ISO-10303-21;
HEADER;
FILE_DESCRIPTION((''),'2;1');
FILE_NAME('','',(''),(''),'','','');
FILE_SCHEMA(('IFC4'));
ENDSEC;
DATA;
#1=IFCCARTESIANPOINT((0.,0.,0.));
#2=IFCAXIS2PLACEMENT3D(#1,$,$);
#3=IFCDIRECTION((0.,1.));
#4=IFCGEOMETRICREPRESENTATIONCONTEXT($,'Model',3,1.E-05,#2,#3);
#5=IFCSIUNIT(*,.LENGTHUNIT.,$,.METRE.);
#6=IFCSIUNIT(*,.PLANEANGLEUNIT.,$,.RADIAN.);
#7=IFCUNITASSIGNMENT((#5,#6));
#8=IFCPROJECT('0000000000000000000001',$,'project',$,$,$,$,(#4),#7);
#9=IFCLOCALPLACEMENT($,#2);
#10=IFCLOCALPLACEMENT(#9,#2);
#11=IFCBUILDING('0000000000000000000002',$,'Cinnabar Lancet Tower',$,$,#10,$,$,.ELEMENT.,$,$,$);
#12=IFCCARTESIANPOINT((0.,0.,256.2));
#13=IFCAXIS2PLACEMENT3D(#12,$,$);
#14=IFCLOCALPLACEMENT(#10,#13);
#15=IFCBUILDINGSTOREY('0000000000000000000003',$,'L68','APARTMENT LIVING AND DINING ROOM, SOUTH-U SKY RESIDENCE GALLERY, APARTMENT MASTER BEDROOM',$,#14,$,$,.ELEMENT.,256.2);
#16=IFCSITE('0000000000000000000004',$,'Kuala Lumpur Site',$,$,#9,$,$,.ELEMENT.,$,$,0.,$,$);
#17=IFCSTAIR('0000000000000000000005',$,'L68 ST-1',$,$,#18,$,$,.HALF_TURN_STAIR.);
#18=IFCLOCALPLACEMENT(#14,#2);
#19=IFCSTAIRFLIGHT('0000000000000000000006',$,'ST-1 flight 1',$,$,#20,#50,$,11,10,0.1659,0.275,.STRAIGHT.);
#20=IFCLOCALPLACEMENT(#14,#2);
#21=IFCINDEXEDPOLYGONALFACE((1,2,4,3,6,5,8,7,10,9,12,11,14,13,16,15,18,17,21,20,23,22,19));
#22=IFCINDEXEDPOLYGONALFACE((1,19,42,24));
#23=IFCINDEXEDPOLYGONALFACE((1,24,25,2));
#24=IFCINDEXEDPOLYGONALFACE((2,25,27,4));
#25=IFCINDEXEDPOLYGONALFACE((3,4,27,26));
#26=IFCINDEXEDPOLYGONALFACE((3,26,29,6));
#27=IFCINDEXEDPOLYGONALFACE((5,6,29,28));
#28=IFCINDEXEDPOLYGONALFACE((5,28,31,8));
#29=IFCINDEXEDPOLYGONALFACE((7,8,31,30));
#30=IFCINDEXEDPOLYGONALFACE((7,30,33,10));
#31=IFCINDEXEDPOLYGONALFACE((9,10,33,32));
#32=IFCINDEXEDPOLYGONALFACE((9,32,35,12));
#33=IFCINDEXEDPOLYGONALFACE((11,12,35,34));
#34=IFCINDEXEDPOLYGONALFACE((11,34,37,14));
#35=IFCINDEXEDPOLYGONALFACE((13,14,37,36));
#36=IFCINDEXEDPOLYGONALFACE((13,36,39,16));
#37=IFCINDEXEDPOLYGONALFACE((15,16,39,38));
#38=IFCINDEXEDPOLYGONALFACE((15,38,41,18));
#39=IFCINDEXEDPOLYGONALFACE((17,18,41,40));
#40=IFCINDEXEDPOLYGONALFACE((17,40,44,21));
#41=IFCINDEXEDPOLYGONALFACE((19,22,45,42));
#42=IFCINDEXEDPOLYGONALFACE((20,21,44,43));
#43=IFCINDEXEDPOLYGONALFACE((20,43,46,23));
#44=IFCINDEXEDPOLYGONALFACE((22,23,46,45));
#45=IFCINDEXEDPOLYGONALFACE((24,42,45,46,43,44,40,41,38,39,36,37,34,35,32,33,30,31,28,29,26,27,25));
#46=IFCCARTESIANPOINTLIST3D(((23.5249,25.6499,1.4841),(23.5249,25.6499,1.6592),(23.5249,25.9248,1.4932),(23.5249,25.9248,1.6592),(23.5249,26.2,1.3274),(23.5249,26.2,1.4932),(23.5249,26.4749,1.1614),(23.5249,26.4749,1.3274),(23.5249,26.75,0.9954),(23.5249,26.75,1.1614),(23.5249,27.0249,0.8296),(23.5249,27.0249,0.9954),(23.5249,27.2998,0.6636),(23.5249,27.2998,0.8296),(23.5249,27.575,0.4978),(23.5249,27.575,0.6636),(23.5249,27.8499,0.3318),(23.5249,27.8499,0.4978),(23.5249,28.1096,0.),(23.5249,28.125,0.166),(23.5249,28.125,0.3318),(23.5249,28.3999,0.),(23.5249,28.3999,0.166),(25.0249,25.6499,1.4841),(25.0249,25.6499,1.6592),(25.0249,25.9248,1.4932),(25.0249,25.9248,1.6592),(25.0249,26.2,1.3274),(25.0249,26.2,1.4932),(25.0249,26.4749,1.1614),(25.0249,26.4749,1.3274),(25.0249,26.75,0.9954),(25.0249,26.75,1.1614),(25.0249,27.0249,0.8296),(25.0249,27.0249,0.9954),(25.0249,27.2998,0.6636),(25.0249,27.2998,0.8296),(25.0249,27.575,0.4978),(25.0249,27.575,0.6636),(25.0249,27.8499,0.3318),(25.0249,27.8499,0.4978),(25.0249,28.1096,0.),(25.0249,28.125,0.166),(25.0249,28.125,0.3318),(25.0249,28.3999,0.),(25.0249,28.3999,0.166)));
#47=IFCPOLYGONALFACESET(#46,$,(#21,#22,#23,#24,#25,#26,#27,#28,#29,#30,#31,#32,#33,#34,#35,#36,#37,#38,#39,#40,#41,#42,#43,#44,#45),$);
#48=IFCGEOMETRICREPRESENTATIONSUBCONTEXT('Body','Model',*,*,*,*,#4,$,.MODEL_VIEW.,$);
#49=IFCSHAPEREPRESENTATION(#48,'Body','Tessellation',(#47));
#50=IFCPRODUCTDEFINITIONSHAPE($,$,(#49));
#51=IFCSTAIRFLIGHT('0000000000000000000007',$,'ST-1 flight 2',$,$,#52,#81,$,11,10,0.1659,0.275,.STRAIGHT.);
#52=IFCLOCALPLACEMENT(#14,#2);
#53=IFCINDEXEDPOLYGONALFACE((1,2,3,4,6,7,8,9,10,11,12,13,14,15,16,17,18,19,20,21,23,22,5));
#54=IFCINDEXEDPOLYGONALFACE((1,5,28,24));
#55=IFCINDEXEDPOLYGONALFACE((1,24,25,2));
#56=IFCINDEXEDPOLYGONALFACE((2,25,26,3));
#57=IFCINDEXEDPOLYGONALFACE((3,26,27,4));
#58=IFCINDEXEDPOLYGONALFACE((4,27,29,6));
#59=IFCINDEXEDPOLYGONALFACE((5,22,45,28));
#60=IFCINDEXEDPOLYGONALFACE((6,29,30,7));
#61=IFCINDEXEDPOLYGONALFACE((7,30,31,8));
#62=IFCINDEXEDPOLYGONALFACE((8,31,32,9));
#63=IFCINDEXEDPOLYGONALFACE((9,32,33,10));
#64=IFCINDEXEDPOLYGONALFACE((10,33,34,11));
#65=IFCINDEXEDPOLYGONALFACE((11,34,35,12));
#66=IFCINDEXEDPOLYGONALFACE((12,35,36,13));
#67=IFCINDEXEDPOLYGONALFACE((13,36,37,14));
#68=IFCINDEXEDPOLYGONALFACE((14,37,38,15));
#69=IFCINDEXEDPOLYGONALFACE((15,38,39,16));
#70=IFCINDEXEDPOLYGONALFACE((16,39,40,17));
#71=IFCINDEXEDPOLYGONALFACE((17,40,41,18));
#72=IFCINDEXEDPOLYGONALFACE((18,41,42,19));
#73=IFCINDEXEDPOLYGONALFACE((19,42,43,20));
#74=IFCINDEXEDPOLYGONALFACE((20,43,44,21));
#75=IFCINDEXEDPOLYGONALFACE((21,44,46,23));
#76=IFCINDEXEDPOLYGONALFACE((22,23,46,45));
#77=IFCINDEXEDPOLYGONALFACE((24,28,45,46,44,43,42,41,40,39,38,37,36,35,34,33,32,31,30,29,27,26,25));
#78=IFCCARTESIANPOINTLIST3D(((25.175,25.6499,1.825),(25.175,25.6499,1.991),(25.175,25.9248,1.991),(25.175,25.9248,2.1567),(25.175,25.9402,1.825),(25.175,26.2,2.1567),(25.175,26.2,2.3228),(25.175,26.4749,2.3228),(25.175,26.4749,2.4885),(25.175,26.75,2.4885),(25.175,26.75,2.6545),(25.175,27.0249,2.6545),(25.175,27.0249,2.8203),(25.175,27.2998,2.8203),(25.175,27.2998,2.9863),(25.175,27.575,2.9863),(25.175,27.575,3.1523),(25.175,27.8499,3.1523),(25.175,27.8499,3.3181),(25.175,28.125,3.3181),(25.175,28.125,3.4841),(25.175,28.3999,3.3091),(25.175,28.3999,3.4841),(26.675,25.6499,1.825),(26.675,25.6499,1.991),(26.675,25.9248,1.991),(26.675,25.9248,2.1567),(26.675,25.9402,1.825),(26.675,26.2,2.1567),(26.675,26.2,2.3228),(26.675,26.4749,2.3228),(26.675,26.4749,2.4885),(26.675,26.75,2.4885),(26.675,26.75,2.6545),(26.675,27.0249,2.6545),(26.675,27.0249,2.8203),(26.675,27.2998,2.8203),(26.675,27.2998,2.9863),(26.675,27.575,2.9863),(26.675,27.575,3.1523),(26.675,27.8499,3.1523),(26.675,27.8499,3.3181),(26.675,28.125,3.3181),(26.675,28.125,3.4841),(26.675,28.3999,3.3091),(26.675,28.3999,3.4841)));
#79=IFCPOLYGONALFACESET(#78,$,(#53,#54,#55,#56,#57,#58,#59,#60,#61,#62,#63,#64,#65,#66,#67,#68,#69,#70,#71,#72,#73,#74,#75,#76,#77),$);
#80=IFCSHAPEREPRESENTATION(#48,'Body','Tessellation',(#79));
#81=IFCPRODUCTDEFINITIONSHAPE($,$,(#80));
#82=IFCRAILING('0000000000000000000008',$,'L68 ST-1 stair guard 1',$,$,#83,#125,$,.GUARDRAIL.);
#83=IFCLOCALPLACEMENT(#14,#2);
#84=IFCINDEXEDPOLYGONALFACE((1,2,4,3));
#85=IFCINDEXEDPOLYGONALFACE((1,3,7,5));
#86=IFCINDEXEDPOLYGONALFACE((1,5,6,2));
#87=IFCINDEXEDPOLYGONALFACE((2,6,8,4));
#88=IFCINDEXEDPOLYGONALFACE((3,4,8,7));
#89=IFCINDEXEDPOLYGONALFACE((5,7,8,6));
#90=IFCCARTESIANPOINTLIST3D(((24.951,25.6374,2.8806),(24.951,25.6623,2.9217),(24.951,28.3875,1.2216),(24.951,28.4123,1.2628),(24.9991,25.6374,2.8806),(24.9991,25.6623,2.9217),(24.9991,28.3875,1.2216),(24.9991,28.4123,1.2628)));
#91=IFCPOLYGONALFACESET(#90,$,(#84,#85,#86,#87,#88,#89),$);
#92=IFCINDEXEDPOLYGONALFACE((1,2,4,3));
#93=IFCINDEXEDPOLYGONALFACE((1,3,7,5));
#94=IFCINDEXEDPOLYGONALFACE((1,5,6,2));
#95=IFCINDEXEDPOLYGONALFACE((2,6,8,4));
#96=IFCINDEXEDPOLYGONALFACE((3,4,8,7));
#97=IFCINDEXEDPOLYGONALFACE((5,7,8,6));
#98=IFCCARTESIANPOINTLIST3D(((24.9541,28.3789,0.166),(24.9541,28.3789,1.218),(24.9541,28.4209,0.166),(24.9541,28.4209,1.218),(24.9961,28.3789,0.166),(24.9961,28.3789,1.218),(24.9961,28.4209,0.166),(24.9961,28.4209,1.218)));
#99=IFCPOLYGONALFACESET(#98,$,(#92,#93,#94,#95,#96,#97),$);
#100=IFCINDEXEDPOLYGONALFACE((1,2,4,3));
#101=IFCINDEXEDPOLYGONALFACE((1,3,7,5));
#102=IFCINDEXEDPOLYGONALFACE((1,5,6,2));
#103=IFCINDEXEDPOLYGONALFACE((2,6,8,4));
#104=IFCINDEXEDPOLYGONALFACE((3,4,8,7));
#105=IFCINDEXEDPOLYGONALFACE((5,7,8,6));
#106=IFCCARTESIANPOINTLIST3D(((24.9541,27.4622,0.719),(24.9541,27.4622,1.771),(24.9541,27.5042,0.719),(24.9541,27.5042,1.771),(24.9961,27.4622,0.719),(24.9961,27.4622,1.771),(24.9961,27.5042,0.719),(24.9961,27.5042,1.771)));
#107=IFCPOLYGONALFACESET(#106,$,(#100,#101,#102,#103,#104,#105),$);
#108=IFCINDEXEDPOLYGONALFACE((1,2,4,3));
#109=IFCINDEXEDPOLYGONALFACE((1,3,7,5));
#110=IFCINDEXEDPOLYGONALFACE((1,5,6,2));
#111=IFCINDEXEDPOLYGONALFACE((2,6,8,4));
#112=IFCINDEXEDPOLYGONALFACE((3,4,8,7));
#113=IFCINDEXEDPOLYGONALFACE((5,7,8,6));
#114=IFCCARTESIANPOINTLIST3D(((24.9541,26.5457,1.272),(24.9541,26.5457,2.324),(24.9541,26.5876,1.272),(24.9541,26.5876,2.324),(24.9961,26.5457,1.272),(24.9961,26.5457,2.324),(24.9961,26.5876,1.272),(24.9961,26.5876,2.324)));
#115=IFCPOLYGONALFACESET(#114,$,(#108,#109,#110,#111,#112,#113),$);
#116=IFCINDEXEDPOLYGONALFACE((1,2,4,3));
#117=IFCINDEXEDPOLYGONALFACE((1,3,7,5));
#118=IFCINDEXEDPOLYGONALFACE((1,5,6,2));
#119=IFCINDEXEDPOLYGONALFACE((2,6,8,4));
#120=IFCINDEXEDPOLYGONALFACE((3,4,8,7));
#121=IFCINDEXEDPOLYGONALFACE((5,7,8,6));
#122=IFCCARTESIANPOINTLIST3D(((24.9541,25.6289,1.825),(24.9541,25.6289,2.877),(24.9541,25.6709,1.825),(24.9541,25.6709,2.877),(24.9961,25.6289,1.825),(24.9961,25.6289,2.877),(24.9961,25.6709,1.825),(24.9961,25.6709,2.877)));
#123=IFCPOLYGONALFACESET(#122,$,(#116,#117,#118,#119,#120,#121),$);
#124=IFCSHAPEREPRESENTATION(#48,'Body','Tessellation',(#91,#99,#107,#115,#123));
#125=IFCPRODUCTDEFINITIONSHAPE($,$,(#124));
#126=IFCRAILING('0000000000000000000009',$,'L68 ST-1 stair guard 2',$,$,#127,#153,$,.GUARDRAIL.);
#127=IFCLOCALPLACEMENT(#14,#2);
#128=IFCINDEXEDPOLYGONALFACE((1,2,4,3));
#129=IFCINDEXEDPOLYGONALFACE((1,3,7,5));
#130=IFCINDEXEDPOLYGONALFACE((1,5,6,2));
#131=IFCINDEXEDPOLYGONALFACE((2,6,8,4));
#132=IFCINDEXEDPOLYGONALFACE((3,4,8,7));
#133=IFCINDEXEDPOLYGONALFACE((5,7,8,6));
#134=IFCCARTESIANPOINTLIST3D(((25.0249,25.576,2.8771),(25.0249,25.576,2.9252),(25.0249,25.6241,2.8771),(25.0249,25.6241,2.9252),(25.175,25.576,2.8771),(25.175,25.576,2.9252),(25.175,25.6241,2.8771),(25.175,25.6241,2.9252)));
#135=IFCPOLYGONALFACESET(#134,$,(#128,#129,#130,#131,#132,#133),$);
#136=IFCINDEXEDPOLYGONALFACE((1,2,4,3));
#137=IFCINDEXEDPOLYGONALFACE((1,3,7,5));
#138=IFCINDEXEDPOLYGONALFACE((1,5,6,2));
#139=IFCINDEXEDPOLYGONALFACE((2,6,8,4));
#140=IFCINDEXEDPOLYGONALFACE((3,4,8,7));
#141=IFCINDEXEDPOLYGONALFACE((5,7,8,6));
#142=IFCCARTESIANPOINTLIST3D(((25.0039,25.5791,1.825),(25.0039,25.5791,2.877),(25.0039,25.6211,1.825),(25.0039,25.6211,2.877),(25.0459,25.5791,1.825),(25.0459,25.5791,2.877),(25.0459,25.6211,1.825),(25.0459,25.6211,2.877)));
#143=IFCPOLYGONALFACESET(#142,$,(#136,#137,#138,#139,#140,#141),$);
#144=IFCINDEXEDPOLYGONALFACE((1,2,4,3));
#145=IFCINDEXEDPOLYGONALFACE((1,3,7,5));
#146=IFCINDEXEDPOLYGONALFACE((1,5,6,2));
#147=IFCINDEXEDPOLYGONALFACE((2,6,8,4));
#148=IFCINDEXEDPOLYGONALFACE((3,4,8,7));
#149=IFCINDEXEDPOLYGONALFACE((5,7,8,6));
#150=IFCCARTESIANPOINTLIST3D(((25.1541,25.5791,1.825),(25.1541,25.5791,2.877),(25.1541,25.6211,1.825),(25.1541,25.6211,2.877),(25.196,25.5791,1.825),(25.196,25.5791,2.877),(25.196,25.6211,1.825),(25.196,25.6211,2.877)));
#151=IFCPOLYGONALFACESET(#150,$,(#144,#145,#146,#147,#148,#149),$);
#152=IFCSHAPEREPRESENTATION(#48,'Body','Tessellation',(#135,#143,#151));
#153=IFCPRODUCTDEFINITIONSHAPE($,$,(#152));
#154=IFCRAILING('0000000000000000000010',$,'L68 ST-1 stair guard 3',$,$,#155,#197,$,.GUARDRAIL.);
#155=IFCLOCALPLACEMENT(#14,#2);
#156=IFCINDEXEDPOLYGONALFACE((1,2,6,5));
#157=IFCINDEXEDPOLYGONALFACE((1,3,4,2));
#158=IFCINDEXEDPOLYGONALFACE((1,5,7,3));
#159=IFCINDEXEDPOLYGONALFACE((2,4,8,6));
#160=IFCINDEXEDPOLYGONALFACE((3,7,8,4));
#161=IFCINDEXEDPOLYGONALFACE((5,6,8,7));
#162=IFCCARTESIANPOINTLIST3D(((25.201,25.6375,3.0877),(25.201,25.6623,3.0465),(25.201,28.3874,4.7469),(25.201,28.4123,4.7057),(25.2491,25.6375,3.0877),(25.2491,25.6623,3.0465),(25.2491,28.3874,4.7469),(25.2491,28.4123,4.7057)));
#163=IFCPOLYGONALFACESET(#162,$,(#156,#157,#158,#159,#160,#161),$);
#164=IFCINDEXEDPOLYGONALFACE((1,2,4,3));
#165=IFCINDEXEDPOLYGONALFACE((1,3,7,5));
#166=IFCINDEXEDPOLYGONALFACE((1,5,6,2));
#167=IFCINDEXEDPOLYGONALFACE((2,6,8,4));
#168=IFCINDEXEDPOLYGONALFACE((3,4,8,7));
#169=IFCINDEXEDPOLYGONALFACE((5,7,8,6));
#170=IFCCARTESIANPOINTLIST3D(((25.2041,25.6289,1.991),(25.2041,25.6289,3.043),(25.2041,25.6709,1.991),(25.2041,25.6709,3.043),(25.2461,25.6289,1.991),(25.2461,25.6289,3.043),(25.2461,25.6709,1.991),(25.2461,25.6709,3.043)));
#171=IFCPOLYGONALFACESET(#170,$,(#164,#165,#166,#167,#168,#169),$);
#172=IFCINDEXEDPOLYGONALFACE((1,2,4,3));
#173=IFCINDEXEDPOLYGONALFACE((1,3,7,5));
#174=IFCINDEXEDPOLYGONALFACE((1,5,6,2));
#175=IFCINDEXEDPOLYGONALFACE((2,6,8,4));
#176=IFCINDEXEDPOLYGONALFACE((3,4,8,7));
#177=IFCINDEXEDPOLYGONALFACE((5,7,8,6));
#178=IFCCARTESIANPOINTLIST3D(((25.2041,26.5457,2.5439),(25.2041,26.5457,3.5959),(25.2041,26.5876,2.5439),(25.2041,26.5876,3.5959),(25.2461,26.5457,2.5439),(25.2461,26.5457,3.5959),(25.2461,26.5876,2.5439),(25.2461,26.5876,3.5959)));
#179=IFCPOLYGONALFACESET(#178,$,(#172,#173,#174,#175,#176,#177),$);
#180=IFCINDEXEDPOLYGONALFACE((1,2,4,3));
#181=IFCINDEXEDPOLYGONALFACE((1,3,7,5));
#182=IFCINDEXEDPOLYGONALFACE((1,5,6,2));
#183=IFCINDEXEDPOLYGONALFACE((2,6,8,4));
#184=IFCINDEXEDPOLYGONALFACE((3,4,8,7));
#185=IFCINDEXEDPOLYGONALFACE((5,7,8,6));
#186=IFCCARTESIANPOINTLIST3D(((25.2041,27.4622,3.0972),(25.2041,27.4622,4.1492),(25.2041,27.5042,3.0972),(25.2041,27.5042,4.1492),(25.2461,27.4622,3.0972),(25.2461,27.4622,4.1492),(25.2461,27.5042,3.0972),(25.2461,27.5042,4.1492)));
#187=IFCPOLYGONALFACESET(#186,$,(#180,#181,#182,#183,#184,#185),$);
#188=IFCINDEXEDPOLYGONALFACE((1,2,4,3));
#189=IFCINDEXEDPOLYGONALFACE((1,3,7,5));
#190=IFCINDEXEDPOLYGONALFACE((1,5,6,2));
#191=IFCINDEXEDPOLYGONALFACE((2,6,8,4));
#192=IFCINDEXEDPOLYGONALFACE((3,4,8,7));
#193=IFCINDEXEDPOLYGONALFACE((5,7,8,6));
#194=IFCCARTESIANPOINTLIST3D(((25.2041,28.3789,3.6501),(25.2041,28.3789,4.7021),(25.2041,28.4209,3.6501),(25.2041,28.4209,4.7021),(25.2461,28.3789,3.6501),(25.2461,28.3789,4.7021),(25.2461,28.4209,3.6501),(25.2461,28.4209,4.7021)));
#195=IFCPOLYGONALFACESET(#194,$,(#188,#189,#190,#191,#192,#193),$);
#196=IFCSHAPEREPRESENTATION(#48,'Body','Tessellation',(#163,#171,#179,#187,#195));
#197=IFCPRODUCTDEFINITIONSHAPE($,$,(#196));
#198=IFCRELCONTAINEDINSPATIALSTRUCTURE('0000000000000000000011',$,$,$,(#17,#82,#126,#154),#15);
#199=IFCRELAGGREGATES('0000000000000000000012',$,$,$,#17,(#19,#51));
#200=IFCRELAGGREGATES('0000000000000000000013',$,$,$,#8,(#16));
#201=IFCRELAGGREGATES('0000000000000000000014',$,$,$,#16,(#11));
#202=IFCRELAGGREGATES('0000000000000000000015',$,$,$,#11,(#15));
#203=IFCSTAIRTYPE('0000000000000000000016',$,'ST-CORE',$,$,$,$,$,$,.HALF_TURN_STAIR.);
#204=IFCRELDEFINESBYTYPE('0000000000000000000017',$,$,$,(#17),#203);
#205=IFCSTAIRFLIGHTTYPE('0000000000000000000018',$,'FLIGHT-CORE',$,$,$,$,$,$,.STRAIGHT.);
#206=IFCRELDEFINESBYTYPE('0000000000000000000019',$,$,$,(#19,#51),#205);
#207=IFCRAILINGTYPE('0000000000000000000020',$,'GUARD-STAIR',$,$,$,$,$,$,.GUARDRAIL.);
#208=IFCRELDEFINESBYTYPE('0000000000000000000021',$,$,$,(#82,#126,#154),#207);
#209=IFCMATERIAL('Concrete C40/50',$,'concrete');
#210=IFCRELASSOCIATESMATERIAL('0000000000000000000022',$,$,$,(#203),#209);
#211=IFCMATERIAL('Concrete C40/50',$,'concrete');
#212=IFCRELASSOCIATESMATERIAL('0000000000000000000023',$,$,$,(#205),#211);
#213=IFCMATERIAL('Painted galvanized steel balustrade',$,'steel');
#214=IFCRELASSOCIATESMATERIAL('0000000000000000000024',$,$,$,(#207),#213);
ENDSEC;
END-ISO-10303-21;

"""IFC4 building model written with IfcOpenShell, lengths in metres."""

from ifc_helpers import new_model, si_unit, direction, frame, origin, origin_2d, place, context, subcontext, project, spatial, polyline, rectangle, outline, extrude, material, type_object, element, aggregate, save


model = new_model("IFC4")

# Units and contexts
model_context = context("Model", 3, precision=1e-05, world=origin(), true_north=direction((0.0, 1.0)))
body_context = subcontext(model_context, "Body", "Model", "MODEL_VIEW")
ifc_project = project(units=[si_unit("LENGTHUNIT", "METRE"), si_unit("PLANEANGLEUNIT", "RADIAN")], contexts=[model_context])

# Site, building, storey
site_placement = place(None, origin())
site = spatial("IfcSite", under=ifc_project, at=site_placement, Name="Kuala Lumpur Site", CompositionType="ELEMENT", RefElevation=0.0)
building_placement = place(site_placement, origin())
building = spatial("IfcBuilding", under=site, at=building_placement, Name="Cinnabar Lancet Tower", CompositionType="ELEMENT")
storey_placement = place(building_placement, frame((0.0, 0.0, 256.2)))
storey = spatial("IfcBuildingStorey", under=building, at=storey_placement, Name="L68", Description="APARTMENT LIVING AND DINING ROOM, SOUTH-U SKY RESIDENCE GALLERY, APARTMENT MASTER BEDROOM", CompositionType="ELEMENT", Elevation=256.2)

# Stair, stair flights
ifc_material_1 = material(Name="Concrete C40/50", Category="concrete")
stair_type = type_object("IfcStairType", Name="ST-CORE", PredefinedType="HALF_TURN_STAIR", material=ifc_material_1)
stair_placement = place(storey_placement, origin())
stair = element("IfcStair", 1, at=stair_placement, inside=storey, type_object=stair_type, Name="L68 ST-1", PredefinedType="HALF_TURN_STAIR")
ifc_material_2 = material(Name="Concrete C40/50", Category="concrete")
stair_flight_type = type_object("IfcStairFlightType", Name="FLIGHT-CORE", PredefinedType="STRAIGHT", material=ifc_material_2)
stair_flight_1_placement = place(storey_placement, frame((24.2749, 28.3999, 0.0), z_axis=(0.0, 0.0, 1.0), x_axis=(0.0, -1.0, 0.0)))
stair_flight_1 = element("IfcStairFlight", 2, at=stair_flight_1_placement, type_object=stair_flight_type, Name="ST-1 flight 1", NumberOfRisers=11, NumberOfTreads=10, PredefinedType="STRAIGHT", RiserHeight=0.1659, TreadLength=0.275, context=body_context, shape_type="SweptSolid", body=[
    extrude(outline(polyline([(0.0, 0.0), (0.0, 0.166), (0.2749, 0.166), (0.2749, 0.3318), (0.55, 0.3318), (0.55, 0.4978), (0.825, 0.4978), (0.825, 0.6636), (1.1001, 0.6636), (1.1001, 0.8296), (1.375, 0.8296), (1.375, 0.9954), (1.6499, 0.9954), (1.6499, 1.1614), (1.925, 1.1614), (1.925, 1.3274), (2.2, 1.3274), (2.2, 1.4932), (2.4751, 1.4932), (2.4751, 1.6592), (2.75, 1.6592), (2.75, 1.825), (2.75, 1.4841), (0.2903, 0.0), (0.0, 0.0)])), frame((0.0, 0.75, 0.0), z_axis=(0.0, -1.0, 0.0), x_axis=(1.0, 0.0, 0.0)), (0.0, 0.0, 1.0), 1.5),
])
stair_flight_2_placement = place(storey_placement, frame((25.925, 25.6499, 1.825), z_axis=(0.0, 0.0, 1.0), x_axis=(0.0, 1.0, 0.0)))
stair_flight_2 = element("IfcStairFlight", 3, at=stair_flight_2_placement, type_object=stair_flight_type, Name="ST-1 flight 2", NumberOfRisers=11, NumberOfTreads=10, PredefinedType="STRAIGHT", RiserHeight=0.1659, TreadLength=0.275, context=body_context, shape_type="SweptSolid", body=[
    extrude(outline(polyline([(0.0, 0.0), (0.0, 0.166), (0.2749, 0.166), (0.2749, 0.3318), (0.55, 0.3318), (0.55, 0.4978), (0.825, 0.4978), (0.825, 0.6636), (1.1001, 0.6636), (1.1001, 0.8296), (1.375, 0.8296), (1.375, 0.9954), (1.6499, 0.9954), (1.6499, 1.1614), (1.925, 1.1614), (1.925, 1.3274), (2.2, 1.3274), (2.2, 1.4932), (2.4751, 1.4932), (2.4751, 1.6592), (2.75, 1.6592), (2.75, 1.825), (2.75, 1.4841), (0.2903, 0.0), (0.0, 0.0)])), frame((0.0, 0.75, 0.0), z_axis=(0.0, -1.0, 0.0), x_axis=(1.0, 0.0, 0.0)), (0.0, 0.0, 1.0), 1.5),
])
aggregate(stair, [stair_flight_1, stair_flight_2])

# Railings
ifc_material_3 = material(Name="Painted galvanized steel balustrade", Category="steel")
railing_type_1 = type_object("IfcRailingType", Name="GUARD-STAIR", PredefinedType="GUARDRAIL", material=ifc_material_3)
railing_1_placement = place(storey_placement, frame((24.9751, 28.3999, 0.166)))
element("IfcRailing", 4, at=railing_1_placement, inside=storey, type_object=railing_type_1, Name="L68 ST-1 stair guard 1", PredefinedType="GUARDRAIL", context=body_context, shape_type="SweptSolid", body=[
    extrude(rectangle(XDim=0.0481, YDim=0.0481, at=origin_2d()), frame((0.0, 0.0, 1.0762), z_axis=(0.0, -0.856263, 0.51654), x_axis=(1.0, 0.0, 0.0)), (0.0, 0.0, 1.0), 3.2117),
    extrude(rectangle(XDim=0.042, YDim=0.042, at=origin_2d()), origin(), (0.0, 0.0, 1.0), 1.052),
    extrude(rectangle(XDim=0.042, YDim=0.042, at=origin_2d()), frame((0.0, -0.9167, 0.553)), (0.0, 0.0, 1.0), 1.052),
    extrude(rectangle(XDim=0.042, YDim=0.042, at=origin_2d()), frame((0.0, -1.8333, 1.106)), (0.0, 0.0, 1.0), 1.052),
    extrude(rectangle(XDim=0.042, YDim=0.042, at=origin_2d()), frame((0.0, -2.75, 1.6589)), (0.0, 0.0, 1.0), 1.052),
])
railing_2_placement = place(storey_placement, frame((25.0249, 25.6001, 1.825)))
element("IfcRailing", 5, at=railing_2_placement, inside=storey, type_object=railing_type_1, Name="L68 ST-1 stair guard 2", PredefinedType="GUARDRAIL", context=body_context, shape_type="SweptSolid", body=[
    extrude(rectangle(XDim=0.0481, YDim=0.0481, at=origin_2d()), frame((0.0, 0.0, 1.0762), z_axis=(1.0, 0.0, 0.0), x_axis=(0.0, 1.0, 0.0)), (0.0, 0.0, 1.0), 0.1501),
    extrude(rectangle(XDim=0.042, YDim=0.042, at=origin_2d()), origin(), (0.0, 0.0, 1.0), 1.052),
    extrude(rectangle(XDim=0.042, YDim=0.042, at=origin_2d()), frame((0.1501, 0.0, 0.0)), (0.0, 0.0, 1.0), 1.052),
])
railing_3_placement = place(storey_placement, frame((25.2251, 25.6499, 1.991)))
element("IfcRailing", 6, at=railing_3_placement, inside=storey, type_object=railing_type_1, Name="L68 ST-1 stair guard 3", PredefinedType="GUARDRAIL", context=body_context, shape_type="SweptSolid", body=[
    extrude(rectangle(XDim=0.0481, YDim=0.0481, at=origin_2d()), frame((0.0, 0.0, 1.0762), z_axis=(0.0, 0.856229, 0.516596), x_axis=(-1.0, 0.0, 0.0)), (0.0, 0.0, 1.0), 3.2117),
    extrude(rectangle(XDim=0.042, YDim=0.042, at=origin_2d()), origin(), (0.0, 0.0, 1.0), 1.052),
    extrude(rectangle(XDim=0.042, YDim=0.042, at=origin_2d()), frame((0.0, 0.9167, 0.553)), (0.0, 0.0, 1.0), 1.052),
    extrude(rectangle(XDim=0.042, YDim=0.042, at=origin_2d()), frame((0.0, 1.8333, 1.1062)), (0.0, 0.0, 1.0), 1.052),
    extrude(rectangle(XDim=0.042, YDim=0.042, at=origin_2d()), frame((0.0, 2.75, 1.6592)), (0.0, 0.0, 1.0), 1.052),
])

save(model, "model.ifc")
